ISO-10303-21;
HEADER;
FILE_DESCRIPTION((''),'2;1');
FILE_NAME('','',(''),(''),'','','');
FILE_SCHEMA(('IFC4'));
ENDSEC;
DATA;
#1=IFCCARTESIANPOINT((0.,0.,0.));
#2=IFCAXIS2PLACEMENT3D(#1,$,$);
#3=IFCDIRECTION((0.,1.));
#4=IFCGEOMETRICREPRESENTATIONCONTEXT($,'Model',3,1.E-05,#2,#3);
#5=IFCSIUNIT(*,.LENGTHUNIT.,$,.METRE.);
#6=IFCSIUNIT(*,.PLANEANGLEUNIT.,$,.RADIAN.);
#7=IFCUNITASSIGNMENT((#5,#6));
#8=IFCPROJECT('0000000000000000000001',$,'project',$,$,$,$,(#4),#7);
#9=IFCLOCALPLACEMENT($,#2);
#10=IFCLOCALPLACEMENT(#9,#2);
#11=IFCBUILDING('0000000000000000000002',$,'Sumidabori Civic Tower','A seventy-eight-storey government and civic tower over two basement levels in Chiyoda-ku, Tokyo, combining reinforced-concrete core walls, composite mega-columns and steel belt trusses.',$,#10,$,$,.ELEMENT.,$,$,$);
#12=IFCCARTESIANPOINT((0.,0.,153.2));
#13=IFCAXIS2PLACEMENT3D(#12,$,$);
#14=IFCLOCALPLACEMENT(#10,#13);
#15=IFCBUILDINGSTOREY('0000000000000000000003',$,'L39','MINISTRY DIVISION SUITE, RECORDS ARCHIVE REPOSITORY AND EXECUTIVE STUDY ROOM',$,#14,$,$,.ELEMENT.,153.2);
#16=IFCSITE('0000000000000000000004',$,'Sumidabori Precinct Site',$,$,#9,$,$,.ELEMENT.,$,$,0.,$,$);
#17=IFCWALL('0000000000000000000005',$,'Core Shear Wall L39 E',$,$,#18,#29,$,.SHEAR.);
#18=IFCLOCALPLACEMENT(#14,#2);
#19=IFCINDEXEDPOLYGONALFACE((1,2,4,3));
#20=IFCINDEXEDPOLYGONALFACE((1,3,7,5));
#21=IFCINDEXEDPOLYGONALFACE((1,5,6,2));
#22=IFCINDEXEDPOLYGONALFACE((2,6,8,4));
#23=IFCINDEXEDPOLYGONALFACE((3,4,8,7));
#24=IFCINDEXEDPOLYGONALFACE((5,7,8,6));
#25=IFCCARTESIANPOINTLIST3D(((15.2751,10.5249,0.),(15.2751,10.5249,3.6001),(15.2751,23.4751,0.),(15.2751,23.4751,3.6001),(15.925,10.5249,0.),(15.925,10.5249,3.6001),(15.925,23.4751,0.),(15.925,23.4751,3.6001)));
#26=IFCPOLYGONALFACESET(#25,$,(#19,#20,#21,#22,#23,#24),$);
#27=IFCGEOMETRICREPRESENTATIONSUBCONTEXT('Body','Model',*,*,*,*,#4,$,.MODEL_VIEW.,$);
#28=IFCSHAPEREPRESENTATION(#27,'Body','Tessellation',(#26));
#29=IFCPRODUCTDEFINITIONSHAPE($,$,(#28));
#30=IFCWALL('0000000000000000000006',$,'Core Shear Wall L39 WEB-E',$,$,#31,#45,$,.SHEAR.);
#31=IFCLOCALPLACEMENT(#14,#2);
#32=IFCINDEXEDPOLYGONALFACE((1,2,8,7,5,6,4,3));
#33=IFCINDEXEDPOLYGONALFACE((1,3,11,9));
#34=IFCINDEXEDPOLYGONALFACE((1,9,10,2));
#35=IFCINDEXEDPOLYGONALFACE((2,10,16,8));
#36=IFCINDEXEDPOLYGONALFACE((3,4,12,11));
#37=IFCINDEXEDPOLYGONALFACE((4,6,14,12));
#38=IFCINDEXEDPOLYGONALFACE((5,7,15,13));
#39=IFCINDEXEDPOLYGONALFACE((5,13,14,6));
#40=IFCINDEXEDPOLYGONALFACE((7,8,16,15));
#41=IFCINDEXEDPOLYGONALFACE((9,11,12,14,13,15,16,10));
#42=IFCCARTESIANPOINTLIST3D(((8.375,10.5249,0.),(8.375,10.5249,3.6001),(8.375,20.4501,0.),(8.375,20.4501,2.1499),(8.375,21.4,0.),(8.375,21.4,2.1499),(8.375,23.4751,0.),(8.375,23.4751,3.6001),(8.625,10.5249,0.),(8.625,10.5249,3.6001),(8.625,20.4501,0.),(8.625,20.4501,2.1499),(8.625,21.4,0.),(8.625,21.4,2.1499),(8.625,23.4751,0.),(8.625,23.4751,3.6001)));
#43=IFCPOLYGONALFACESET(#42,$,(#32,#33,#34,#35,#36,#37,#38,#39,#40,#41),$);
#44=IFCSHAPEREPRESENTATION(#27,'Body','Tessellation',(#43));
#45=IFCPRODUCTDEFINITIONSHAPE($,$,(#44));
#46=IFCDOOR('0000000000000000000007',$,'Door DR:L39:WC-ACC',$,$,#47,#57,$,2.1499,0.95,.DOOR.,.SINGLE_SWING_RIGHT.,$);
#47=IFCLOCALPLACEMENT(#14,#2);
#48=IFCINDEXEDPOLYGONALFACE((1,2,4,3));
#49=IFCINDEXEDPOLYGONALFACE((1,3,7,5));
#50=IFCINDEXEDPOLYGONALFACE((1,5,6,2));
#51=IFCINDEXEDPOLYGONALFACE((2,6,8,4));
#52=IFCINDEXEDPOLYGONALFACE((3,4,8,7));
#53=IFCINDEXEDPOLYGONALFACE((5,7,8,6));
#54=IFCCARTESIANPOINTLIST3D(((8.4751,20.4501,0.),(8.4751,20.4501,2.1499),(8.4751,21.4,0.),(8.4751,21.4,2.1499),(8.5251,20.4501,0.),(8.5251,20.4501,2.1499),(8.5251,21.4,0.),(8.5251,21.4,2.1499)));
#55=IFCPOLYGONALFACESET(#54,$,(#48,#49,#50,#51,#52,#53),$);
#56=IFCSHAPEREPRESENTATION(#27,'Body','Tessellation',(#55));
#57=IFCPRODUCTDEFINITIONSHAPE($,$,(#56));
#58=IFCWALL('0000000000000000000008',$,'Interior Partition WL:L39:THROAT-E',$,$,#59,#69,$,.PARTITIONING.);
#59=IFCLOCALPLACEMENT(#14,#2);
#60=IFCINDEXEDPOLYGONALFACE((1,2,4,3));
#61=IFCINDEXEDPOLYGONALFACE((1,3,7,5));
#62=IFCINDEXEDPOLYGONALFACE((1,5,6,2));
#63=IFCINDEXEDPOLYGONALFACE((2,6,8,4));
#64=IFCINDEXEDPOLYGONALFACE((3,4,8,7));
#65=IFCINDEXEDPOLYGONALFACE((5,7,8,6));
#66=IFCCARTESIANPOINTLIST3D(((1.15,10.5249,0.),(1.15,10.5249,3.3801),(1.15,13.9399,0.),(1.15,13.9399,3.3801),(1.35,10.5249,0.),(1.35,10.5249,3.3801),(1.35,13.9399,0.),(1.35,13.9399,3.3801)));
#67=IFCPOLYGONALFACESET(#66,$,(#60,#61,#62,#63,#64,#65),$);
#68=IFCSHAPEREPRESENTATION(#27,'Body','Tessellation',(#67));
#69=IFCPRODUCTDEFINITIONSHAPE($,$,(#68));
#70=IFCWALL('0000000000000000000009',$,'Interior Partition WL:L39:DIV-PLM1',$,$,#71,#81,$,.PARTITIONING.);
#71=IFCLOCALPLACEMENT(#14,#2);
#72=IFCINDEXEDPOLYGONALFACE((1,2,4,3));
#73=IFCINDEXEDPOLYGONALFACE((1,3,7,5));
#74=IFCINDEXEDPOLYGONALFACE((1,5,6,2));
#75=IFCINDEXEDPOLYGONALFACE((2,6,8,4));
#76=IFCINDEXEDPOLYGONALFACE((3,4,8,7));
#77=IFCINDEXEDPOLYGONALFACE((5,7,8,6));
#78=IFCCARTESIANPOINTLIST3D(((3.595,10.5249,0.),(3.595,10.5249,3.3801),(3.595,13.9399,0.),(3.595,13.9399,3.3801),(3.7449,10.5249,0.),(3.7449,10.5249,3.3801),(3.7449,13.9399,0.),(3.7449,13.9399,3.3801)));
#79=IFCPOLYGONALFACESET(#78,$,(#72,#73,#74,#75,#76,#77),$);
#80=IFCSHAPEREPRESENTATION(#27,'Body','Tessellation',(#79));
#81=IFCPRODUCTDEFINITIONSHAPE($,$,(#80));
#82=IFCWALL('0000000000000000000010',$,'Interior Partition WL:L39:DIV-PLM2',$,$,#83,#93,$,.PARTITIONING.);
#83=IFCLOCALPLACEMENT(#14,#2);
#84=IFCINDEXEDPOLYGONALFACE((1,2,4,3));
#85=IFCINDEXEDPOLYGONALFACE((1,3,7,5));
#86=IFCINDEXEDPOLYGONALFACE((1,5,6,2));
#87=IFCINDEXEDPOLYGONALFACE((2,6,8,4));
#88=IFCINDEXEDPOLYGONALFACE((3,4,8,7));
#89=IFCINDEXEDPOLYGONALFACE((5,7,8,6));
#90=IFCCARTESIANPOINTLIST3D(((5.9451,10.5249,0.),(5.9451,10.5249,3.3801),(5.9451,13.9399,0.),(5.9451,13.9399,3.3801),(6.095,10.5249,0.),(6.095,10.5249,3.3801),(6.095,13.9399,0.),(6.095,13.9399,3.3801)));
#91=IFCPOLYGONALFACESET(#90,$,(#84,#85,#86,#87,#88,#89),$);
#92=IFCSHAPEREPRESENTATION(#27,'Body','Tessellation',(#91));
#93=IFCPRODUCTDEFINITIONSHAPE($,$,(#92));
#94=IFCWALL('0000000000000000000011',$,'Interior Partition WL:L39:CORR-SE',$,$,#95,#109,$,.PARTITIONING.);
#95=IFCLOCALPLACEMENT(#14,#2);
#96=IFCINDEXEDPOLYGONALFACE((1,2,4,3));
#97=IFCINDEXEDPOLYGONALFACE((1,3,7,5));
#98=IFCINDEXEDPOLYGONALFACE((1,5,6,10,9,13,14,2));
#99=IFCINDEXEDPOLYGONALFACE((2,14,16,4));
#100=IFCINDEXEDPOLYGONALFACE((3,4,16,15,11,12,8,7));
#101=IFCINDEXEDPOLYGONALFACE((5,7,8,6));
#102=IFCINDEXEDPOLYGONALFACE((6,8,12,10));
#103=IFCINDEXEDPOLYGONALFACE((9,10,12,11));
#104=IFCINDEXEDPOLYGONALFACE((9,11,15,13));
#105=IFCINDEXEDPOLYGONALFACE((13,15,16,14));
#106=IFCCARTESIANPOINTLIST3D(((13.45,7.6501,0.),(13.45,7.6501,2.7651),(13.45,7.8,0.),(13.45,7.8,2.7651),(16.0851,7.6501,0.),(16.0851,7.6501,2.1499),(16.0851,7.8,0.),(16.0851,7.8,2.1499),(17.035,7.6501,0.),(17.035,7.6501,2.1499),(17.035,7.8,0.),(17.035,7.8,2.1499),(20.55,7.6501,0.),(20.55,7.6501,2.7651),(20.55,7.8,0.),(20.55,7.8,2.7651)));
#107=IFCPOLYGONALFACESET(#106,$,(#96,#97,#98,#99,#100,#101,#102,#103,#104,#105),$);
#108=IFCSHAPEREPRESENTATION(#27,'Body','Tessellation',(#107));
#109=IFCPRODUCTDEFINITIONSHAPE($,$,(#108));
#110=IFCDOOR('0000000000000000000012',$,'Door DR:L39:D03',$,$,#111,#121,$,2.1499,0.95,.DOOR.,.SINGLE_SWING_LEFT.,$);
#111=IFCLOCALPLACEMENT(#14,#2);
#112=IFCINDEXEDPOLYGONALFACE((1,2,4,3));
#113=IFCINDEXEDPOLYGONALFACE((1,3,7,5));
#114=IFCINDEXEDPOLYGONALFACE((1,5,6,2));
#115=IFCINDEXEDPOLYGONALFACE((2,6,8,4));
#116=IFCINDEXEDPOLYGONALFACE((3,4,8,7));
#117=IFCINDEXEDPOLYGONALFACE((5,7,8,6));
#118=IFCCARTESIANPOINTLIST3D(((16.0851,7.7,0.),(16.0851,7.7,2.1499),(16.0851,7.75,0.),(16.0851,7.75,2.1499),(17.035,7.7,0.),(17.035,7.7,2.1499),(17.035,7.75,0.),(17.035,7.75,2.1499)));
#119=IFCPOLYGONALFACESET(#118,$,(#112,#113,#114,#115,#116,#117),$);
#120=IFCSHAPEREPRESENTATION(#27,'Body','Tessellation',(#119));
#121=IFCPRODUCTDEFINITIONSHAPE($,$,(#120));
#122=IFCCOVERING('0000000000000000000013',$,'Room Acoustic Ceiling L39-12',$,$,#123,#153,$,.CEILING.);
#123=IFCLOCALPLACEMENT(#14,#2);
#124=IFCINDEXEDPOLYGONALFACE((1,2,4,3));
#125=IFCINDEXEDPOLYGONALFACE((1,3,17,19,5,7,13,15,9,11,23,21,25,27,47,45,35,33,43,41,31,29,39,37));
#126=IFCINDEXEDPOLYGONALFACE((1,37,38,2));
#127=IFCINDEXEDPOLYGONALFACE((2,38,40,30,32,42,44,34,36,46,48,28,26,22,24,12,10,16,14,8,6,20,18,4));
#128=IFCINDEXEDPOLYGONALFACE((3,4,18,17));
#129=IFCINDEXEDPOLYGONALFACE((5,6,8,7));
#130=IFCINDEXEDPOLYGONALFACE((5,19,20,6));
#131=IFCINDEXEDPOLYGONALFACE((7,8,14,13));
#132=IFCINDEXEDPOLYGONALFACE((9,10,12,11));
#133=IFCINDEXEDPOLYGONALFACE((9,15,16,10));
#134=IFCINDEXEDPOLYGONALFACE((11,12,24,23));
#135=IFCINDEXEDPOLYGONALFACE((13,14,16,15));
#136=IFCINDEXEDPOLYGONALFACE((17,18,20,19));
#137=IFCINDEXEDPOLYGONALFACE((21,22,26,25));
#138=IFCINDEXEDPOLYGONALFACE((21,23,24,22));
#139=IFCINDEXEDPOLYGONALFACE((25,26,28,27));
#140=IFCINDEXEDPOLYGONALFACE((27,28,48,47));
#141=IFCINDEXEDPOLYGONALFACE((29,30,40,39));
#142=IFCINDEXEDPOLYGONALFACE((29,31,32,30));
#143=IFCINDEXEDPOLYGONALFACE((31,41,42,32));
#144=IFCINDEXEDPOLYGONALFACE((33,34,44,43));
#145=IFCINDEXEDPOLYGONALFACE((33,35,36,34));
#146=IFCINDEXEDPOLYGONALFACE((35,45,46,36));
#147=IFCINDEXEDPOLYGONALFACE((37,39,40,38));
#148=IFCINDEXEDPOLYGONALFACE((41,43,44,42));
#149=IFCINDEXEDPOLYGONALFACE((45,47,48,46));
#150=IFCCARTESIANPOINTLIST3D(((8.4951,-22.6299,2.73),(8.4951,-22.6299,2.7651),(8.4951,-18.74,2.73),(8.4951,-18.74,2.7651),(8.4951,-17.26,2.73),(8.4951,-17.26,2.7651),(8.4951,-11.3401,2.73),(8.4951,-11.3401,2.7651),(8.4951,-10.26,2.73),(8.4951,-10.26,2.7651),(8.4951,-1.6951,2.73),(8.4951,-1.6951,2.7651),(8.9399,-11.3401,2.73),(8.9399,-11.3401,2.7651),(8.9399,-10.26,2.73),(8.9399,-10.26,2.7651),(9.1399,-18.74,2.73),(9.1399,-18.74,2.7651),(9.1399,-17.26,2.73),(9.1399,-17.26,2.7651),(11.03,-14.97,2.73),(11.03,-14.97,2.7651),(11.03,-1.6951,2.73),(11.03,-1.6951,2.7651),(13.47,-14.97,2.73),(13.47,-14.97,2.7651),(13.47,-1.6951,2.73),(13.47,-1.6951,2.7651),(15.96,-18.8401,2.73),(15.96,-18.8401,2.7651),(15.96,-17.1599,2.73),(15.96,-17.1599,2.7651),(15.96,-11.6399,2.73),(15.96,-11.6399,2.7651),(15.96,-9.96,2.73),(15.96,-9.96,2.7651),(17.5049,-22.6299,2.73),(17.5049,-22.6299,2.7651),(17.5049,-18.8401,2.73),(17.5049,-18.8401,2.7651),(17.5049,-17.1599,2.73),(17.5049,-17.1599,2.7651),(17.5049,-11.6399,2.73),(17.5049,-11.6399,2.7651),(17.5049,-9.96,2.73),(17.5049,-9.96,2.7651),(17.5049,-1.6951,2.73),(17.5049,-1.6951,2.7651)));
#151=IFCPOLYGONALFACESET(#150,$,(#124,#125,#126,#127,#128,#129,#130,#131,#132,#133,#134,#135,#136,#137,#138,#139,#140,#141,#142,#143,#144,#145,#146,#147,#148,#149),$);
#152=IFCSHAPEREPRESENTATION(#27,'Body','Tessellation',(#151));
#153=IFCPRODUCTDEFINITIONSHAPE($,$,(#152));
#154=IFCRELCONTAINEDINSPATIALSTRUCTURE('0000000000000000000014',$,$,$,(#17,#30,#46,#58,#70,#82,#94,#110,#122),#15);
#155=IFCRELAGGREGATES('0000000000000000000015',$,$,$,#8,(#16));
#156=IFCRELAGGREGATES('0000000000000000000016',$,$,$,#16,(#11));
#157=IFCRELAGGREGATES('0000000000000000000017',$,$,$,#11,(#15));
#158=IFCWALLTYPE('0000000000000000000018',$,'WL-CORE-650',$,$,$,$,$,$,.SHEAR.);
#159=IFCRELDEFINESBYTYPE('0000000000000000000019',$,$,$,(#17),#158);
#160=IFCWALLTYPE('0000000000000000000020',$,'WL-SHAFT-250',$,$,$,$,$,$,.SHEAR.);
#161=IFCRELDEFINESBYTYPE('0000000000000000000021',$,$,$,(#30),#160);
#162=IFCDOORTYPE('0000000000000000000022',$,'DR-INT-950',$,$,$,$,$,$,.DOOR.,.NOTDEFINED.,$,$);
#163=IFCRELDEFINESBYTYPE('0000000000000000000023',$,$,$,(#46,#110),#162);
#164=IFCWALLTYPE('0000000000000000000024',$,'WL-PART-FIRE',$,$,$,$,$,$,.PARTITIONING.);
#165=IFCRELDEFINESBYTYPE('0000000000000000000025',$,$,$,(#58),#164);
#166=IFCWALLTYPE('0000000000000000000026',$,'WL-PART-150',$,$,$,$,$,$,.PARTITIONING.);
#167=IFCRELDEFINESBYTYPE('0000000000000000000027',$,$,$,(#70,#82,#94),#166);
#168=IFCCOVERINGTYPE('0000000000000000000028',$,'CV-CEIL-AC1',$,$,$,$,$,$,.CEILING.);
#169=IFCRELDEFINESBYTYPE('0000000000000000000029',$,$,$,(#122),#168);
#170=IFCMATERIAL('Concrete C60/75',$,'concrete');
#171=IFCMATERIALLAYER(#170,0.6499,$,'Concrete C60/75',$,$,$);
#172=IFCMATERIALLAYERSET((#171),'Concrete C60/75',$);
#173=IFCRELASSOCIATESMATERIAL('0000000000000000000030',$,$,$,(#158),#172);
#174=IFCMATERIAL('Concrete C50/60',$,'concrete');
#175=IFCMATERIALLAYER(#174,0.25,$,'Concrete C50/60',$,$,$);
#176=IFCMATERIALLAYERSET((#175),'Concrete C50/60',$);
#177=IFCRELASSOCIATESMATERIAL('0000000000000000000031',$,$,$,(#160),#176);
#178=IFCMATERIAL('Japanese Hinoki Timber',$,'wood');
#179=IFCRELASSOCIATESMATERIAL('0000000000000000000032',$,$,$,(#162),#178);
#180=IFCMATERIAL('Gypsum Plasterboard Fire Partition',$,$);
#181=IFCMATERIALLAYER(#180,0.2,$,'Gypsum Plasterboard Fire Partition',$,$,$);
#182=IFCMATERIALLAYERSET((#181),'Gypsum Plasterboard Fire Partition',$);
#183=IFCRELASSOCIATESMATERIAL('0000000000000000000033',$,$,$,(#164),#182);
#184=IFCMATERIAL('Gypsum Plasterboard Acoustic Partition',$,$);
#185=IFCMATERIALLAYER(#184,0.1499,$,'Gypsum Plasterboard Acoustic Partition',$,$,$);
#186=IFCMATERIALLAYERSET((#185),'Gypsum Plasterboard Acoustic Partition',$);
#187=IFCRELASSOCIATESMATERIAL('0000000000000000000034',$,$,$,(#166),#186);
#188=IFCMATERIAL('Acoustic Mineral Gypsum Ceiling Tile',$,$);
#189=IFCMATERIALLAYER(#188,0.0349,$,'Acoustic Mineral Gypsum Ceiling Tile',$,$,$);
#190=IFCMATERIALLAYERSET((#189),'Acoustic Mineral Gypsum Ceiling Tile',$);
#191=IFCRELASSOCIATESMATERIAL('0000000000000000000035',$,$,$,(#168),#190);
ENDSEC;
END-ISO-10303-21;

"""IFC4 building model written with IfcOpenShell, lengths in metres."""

from ifc_helpers import new_model, si_unit, direction, frame, frame_2d, origin, place, context, subcontext, project, spatial, polyline, rectangle, outline, extrude, source, transform, mapped, material, layer, layer_set, type_object, element, fill, save


model = new_model("IFC4")

# Units and contexts
model_context = context("Model", 3, precision=1e-05, world=origin(), true_north=direction((0.0, 1.0)))
body_context = subcontext(model_context, "Body", "Model", "MODEL_VIEW")
ifc_project = project(units=[si_unit("LENGTHUNIT", "METRE"), si_unit("PLANEANGLEUNIT", "RADIAN")], contexts=[model_context])

# Site, building, storey
site_placement = place(None, origin())
site = spatial("IfcSite", under=ifc_project, at=site_placement, Name="Sumidabori Precinct Site", CompositionType="ELEMENT", RefElevation=0.0)
building_placement = place(site_placement, origin())
building = spatial("IfcBuilding", under=site, at=building_placement, Name="Sumidabori Civic Tower", Description="A seventy-eight-storey government and civic tower over two basement levels in Chiyoda-ku, Tokyo, combining reinforced-concrete core walls, composite mega-columns and steel belt trusses.", CompositionType="ELEMENT")
storey_placement = place(building_placement, frame((0.0, 0.0, 153.2)))
storey = spatial("IfcBuildingStorey", under=building, at=storey_placement, Name="L39", Description="MINISTRY DIVISION SUITE, RECORDS ARCHIVE REPOSITORY AND EXECUTIVE STUDY ROOM", CompositionType="ELEMENT", Elevation=153.2)

# Shared definitions
ifc_material_1 = material(Name="Concrete C60/75", Category="concrete")

# Wall
ifc_material_2 = material(Name="Concrete C50/60", Category="concrete")
ifc_layer_1 = layer(ifc_material_1, 0.6499, Name="Concrete C60/75")
ifc_layer_set_1 = layer_set([ifc_layer_1], Name="Concrete C60/75")
wall_type_1 = type_object("IfcWallType", Name="WL-CORE-650", PredefinedType="SHEAR", material=ifc_layer_set_1)
shared_shape_1 = source(origin(), body_context, "Body", "SweptSolid", [
    extrude(rectangle(XDim=12.9502, YDim=0.6499, at=frame_2d((6.4751, 0.0))), origin(), (0.0, 0.0, 1.0), 3.6001),
])
wall_1_placement = place(storey_placement, frame((15.6001, 10.5249, 0.0), z_axis=(0.0, 0.0, 1.0), x_axis=(0.0, 1.0, 0.0)))
element("IfcWall", 1, at=wall_1_placement, inside=storey, type_object=wall_type_1, Name="Core Shear Wall L39 E", PredefinedType="SHEAR", context=body_context, shape_type="MappedRepresentation", body=[
    mapped(shared_shape_1, transform((0.0, 0.0, 0.0), x_axis=(1.0, 0.0, 0.0), y_axis=(0.0, 1.0, 0.0), z_axis=(0.0, 0.0, 1.0), scale=1.0)),
])

# Wall, opening, door
ifc_layer_2 = layer(ifc_material_2, 0.25, Name="Concrete C50/60")
ifc_layer_set_2 = layer_set([ifc_layer_2], Name="Concrete C50/60")
wall_type_2 = type_object("IfcWallType", Name="WL-SHAFT-250", PredefinedType="SHEAR", material=ifc_layer_set_2)
shared_shape_2 = source(origin(), body_context, "Body", "SweptSolid", [
    extrude(rectangle(XDim=12.9502, YDim=0.25, at=frame_2d((6.4751, 0.0))), origin(), (0.0, 0.0, 1.0), 3.6001),
])
wall_2_placement = place(storey_placement, frame((8.5, 10.5249, 0.0), z_axis=(0.0, 0.0, 1.0), x_axis=(0.0, 1.0, 0.0)))
wall_2 = element("IfcWall", 2, at=wall_2_placement, inside=storey, type_object=wall_type_2, Name="Core Shear Wall L39 WEB-E", PredefinedType="SHEAR", context=body_context, shape_type="MappedRepresentation", body=[
    mapped(shared_shape_2, transform((0.0, 0.0, 0.0), x_axis=(1.0, 0.0, 0.0), y_axis=(0.0, 1.0, 0.0), z_axis=(0.0, 0.0, 1.0), scale=1.0)),
])
opening_1_placement = place(wall_2_placement, frame((9.925, 0.0, 0.0)))
opening_1 = element("IfcOpeningElement", 3, at=opening_1_placement, cuts=wall_2, PredefinedType="OPENING", context=body_context, shape_type="SweptSolid", body=[
    extrude(rectangle(XDim=0.95, YDim=2.1499, at=frame_2d((0.4751, 1.075))), frame((0.0, 0.137, 0.0), z_axis=(0.0, -1.0, 0.0), x_axis=(1.0, 0.0, 0.0)), (0.0, 0.0, 1.0), 0.2739),
])
ifc_material_3 = material(Name="Japanese Hinoki Timber", Category="wood")
door_type_1 = type_object("IfcDoorType", Name="DR-INT-950", OperationType="NOTDEFINED", PredefinedType="DOOR", material=ifc_material_3)
shared_shape_3 = source(origin(), body_context, "Body", "SweptSolid", [
    extrude(rectangle(XDim=0.95, YDim=2.1499, at=frame_2d((0.4751, 1.075))), frame((0.0, 0.0249, 0.0), z_axis=(0.0, -1.0, 0.0), x_axis=(1.0, 0.0, 0.0)), (0.0, 0.0, 1.0), 0.05),
])
door_1_placement = place(opening_1_placement, origin())
door_1 = element("IfcDoor", 4, at=door_1_placement, inside=storey, type_object=door_type_1, Name="Door DR:L39:WC-ACC", OperationType="SINGLE_SWING_RIGHT", OverallHeight=2.1499, OverallWidth=0.95, PredefinedType="DOOR", context=body_context, shape_type="MappedRepresentation", body=[
    mapped(shared_shape_3, transform((0.0, 0.0, 0.0), x_axis=(1.0, 0.0, 0.0), y_axis=(0.0, 1.0, 0.0), z_axis=(0.0, 0.0, 1.0), scale=1.0)),
])
fill(opening_1, door_1)

# Walls
ifc_material_4 = material(Name="Gypsum Plasterboard Fire Partition")
ifc_layer_3 = layer(ifc_material_4, 0.2, Name="Gypsum Plasterboard Fire Partition")
ifc_layer_set_3 = layer_set([ifc_layer_3], Name="Gypsum Plasterboard Fire Partition")
wall_type_3 = type_object("IfcWallType", Name="WL-PART-FIRE", PredefinedType="PARTITIONING", material=ifc_layer_set_3)
shared_shape_4 = source(origin(), body_context, "Body", "SweptSolid", [
    extrude(rectangle(XDim=3.415, YDim=0.2, at=frame_2d((1.7075, 0.0))), origin(), (0.0, 0.0, 1.0), 3.3801),
])
wall_3_placement = place(storey_placement, frame((1.25, 10.5249, 0.0), z_axis=(0.0, 0.0, 1.0), x_axis=(0.0, 1.0, 0.0)))
element("IfcWall", 5, at=wall_3_placement, inside=storey, type_object=wall_type_3, Name="Interior Partition WL:L39:THROAT-E", PredefinedType="PARTITIONING", context=body_context, shape_type="MappedRepresentation", body=[
    mapped(shared_shape_4, transform((0.0, 0.0, 0.0), x_axis=(1.0, 0.0, 0.0), y_axis=(0.0, 1.0, 0.0), z_axis=(0.0, 0.0, 1.0), scale=1.0)),
])
ifc_material_5 = material(Name="Gypsum Plasterboard Acoustic Partition")
ifc_layer_4 = layer(ifc_material_5, 0.1499, Name="Gypsum Plasterboard Acoustic Partition")
ifc_layer_set_4 = layer_set([ifc_layer_4], Name="Gypsum Plasterboard Acoustic Partition")
wall_type_4 = type_object("IfcWallType", Name="WL-PART-150", PredefinedType="PARTITIONING", material=ifc_layer_set_4)
shared_shape_5 = source(origin(), body_context, "Body", "SweptSolid", [
    extrude(rectangle(XDim=3.415, YDim=0.1499, at=frame_2d((1.7075, 0.0))), origin(), (0.0, 0.0, 1.0), 3.3801),
])
for number, where, z_axis, x_axis, name in (
    (6, (3.6699, 10.5249, 0.0), (0.0, 0.0, 1.0), (0.0, 1.0, 0.0), "Interior Partition WL:L39:DIV-PLM1"),
    (7, (6.02, 10.5249, 0.0), (0.0, 0.0, 1.0), (0.0, 1.0, 0.0), "Interior Partition WL:L39:DIV-PLM2"),
):
    element("IfcWall", number, at=place(storey_placement, frame(where, z_axis=z_axis, x_axis=x_axis)), inside=storey, type_object=wall_type_4, Name=name, PredefinedType="PARTITIONING", context=body_context, shape_type="MappedRepresentation", body=[
        mapped(shared_shape_5, transform((0.0, 0.0, 0.0), x_axis=(1.0, 0.0, 0.0), y_axis=(0.0, 1.0, 0.0), z_axis=(0.0, 0.0, 1.0), scale=1.0)),
    ])

# Wall, opening, door
shared_shape_6 = source(origin(), body_context, "Body", "SweptSolid", [
    extrude(rectangle(XDim=7.1001, YDim=0.1499, at=frame_2d((3.55, 0.0))), origin(), (0.0, 0.0, 1.0), 2.7651),
])
wall_4_placement = place(storey_placement, frame((13.45, 7.7251, 0.0), z_axis=(0.0, 0.0, 1.0), x_axis=(1.0, 0.0, 0.0)))
wall_4 = element("IfcWall", 8, at=wall_4_placement, inside=storey, type_object=wall_type_4, Name="Interior Partition WL:L39:CORR-SE", PredefinedType="PARTITIONING", context=body_context, shape_type="MappedRepresentation", body=[
    mapped(shared_shape_6, transform((0.0, 0.0, 0.0), x_axis=(1.0, 0.0, 0.0), y_axis=(0.0, 1.0, 0.0), z_axis=(0.0, 0.0, 1.0), scale=1.0)),
])
opening_2_placement = place(wall_4_placement, frame((2.635, 0.0, 0.0)))
opening_2 = element("IfcOpeningElement", 9, at=opening_2_placement, cuts=wall_4, PredefinedType="OPENING", context=body_context, shape_type="SweptSolid", body=[
    extrude(rectangle(XDim=0.95, YDim=2.1499, at=frame_2d((0.4751, 1.075))), frame((0.0, 0.0869, 0.0), z_axis=(0.0, -1.0, 0.0), x_axis=(1.0, 0.0, 0.0)), (0.0, 0.0, 1.0), 0.1738),
])
door_2_placement = place(opening_2_placement, origin())
door_2 = element("IfcDoor", 10, at=door_2_placement, inside=storey, type_object=door_type_1, Name="Door DR:L39:D03", OperationType="SINGLE_SWING_LEFT", OverallHeight=2.1499, OverallWidth=0.95, PredefinedType="DOOR", context=body_context, shape_type="MappedRepresentation", body=[
    mapped(shared_shape_3, transform((0.0, 0.0, 0.0), x_axis=(1.0, 0.0, 0.0), y_axis=(0.0, 1.0, 0.0), z_axis=(0.0, 0.0, 1.0), scale=1.0)),
])
fill(opening_2, door_2)

# Covering
ifc_material_6 = material(Name="Acoustic Mineral Gypsum Ceiling Tile")
ifc_layer_5 = layer(ifc_material_6, 0.0349, Name="Acoustic Mineral Gypsum Ceiling Tile")
ifc_layer_set_5 = layer_set([ifc_layer_5], Name="Acoustic Mineral Gypsum Ceiling Tile")
covering_type = type_object("IfcCoveringType", Name="CV-CEIL-AC1", PredefinedType="CEILING", material=ifc_layer_set_5)
covering_placement = place(storey_placement, frame((0.0, 0.0, 2.73)))
element("IfcCovering", 11, at=covering_placement, inside=storey, type_object=covering_type, Name="Room Acoustic Ceiling L39-12", PredefinedType="CEILING", context=body_context, shape_type="SweptSolid", body=[
    extrude(outline(polyline([(8.4951, -18.74), (9.1399, -18.74), (9.1399, -17.26), (8.4951, -17.26), (8.4951, -11.3401), (8.9399, -11.3401), (8.9399, -10.26), (8.4951, -10.26), (8.4951, -1.6951), (11.03, -1.6951), (11.03, -14.97), (13.47, -14.97), (13.47, -1.6951), (17.5049, -1.6951), (17.5049, -9.96), (15.96, -9.96), (15.96, -11.6399), (17.5049, -11.6399), (17.5049, -17.1599), (15.96, -17.1599), (15.96, -18.8401), (17.5049, -18.8401), (17.5049, -22.6299), (8.4951, -22.6299), (8.4951, -18.74)])), origin(), (0.0, 0.0, 1.0), 0.0352),
])

save(model, "model.ifc")
